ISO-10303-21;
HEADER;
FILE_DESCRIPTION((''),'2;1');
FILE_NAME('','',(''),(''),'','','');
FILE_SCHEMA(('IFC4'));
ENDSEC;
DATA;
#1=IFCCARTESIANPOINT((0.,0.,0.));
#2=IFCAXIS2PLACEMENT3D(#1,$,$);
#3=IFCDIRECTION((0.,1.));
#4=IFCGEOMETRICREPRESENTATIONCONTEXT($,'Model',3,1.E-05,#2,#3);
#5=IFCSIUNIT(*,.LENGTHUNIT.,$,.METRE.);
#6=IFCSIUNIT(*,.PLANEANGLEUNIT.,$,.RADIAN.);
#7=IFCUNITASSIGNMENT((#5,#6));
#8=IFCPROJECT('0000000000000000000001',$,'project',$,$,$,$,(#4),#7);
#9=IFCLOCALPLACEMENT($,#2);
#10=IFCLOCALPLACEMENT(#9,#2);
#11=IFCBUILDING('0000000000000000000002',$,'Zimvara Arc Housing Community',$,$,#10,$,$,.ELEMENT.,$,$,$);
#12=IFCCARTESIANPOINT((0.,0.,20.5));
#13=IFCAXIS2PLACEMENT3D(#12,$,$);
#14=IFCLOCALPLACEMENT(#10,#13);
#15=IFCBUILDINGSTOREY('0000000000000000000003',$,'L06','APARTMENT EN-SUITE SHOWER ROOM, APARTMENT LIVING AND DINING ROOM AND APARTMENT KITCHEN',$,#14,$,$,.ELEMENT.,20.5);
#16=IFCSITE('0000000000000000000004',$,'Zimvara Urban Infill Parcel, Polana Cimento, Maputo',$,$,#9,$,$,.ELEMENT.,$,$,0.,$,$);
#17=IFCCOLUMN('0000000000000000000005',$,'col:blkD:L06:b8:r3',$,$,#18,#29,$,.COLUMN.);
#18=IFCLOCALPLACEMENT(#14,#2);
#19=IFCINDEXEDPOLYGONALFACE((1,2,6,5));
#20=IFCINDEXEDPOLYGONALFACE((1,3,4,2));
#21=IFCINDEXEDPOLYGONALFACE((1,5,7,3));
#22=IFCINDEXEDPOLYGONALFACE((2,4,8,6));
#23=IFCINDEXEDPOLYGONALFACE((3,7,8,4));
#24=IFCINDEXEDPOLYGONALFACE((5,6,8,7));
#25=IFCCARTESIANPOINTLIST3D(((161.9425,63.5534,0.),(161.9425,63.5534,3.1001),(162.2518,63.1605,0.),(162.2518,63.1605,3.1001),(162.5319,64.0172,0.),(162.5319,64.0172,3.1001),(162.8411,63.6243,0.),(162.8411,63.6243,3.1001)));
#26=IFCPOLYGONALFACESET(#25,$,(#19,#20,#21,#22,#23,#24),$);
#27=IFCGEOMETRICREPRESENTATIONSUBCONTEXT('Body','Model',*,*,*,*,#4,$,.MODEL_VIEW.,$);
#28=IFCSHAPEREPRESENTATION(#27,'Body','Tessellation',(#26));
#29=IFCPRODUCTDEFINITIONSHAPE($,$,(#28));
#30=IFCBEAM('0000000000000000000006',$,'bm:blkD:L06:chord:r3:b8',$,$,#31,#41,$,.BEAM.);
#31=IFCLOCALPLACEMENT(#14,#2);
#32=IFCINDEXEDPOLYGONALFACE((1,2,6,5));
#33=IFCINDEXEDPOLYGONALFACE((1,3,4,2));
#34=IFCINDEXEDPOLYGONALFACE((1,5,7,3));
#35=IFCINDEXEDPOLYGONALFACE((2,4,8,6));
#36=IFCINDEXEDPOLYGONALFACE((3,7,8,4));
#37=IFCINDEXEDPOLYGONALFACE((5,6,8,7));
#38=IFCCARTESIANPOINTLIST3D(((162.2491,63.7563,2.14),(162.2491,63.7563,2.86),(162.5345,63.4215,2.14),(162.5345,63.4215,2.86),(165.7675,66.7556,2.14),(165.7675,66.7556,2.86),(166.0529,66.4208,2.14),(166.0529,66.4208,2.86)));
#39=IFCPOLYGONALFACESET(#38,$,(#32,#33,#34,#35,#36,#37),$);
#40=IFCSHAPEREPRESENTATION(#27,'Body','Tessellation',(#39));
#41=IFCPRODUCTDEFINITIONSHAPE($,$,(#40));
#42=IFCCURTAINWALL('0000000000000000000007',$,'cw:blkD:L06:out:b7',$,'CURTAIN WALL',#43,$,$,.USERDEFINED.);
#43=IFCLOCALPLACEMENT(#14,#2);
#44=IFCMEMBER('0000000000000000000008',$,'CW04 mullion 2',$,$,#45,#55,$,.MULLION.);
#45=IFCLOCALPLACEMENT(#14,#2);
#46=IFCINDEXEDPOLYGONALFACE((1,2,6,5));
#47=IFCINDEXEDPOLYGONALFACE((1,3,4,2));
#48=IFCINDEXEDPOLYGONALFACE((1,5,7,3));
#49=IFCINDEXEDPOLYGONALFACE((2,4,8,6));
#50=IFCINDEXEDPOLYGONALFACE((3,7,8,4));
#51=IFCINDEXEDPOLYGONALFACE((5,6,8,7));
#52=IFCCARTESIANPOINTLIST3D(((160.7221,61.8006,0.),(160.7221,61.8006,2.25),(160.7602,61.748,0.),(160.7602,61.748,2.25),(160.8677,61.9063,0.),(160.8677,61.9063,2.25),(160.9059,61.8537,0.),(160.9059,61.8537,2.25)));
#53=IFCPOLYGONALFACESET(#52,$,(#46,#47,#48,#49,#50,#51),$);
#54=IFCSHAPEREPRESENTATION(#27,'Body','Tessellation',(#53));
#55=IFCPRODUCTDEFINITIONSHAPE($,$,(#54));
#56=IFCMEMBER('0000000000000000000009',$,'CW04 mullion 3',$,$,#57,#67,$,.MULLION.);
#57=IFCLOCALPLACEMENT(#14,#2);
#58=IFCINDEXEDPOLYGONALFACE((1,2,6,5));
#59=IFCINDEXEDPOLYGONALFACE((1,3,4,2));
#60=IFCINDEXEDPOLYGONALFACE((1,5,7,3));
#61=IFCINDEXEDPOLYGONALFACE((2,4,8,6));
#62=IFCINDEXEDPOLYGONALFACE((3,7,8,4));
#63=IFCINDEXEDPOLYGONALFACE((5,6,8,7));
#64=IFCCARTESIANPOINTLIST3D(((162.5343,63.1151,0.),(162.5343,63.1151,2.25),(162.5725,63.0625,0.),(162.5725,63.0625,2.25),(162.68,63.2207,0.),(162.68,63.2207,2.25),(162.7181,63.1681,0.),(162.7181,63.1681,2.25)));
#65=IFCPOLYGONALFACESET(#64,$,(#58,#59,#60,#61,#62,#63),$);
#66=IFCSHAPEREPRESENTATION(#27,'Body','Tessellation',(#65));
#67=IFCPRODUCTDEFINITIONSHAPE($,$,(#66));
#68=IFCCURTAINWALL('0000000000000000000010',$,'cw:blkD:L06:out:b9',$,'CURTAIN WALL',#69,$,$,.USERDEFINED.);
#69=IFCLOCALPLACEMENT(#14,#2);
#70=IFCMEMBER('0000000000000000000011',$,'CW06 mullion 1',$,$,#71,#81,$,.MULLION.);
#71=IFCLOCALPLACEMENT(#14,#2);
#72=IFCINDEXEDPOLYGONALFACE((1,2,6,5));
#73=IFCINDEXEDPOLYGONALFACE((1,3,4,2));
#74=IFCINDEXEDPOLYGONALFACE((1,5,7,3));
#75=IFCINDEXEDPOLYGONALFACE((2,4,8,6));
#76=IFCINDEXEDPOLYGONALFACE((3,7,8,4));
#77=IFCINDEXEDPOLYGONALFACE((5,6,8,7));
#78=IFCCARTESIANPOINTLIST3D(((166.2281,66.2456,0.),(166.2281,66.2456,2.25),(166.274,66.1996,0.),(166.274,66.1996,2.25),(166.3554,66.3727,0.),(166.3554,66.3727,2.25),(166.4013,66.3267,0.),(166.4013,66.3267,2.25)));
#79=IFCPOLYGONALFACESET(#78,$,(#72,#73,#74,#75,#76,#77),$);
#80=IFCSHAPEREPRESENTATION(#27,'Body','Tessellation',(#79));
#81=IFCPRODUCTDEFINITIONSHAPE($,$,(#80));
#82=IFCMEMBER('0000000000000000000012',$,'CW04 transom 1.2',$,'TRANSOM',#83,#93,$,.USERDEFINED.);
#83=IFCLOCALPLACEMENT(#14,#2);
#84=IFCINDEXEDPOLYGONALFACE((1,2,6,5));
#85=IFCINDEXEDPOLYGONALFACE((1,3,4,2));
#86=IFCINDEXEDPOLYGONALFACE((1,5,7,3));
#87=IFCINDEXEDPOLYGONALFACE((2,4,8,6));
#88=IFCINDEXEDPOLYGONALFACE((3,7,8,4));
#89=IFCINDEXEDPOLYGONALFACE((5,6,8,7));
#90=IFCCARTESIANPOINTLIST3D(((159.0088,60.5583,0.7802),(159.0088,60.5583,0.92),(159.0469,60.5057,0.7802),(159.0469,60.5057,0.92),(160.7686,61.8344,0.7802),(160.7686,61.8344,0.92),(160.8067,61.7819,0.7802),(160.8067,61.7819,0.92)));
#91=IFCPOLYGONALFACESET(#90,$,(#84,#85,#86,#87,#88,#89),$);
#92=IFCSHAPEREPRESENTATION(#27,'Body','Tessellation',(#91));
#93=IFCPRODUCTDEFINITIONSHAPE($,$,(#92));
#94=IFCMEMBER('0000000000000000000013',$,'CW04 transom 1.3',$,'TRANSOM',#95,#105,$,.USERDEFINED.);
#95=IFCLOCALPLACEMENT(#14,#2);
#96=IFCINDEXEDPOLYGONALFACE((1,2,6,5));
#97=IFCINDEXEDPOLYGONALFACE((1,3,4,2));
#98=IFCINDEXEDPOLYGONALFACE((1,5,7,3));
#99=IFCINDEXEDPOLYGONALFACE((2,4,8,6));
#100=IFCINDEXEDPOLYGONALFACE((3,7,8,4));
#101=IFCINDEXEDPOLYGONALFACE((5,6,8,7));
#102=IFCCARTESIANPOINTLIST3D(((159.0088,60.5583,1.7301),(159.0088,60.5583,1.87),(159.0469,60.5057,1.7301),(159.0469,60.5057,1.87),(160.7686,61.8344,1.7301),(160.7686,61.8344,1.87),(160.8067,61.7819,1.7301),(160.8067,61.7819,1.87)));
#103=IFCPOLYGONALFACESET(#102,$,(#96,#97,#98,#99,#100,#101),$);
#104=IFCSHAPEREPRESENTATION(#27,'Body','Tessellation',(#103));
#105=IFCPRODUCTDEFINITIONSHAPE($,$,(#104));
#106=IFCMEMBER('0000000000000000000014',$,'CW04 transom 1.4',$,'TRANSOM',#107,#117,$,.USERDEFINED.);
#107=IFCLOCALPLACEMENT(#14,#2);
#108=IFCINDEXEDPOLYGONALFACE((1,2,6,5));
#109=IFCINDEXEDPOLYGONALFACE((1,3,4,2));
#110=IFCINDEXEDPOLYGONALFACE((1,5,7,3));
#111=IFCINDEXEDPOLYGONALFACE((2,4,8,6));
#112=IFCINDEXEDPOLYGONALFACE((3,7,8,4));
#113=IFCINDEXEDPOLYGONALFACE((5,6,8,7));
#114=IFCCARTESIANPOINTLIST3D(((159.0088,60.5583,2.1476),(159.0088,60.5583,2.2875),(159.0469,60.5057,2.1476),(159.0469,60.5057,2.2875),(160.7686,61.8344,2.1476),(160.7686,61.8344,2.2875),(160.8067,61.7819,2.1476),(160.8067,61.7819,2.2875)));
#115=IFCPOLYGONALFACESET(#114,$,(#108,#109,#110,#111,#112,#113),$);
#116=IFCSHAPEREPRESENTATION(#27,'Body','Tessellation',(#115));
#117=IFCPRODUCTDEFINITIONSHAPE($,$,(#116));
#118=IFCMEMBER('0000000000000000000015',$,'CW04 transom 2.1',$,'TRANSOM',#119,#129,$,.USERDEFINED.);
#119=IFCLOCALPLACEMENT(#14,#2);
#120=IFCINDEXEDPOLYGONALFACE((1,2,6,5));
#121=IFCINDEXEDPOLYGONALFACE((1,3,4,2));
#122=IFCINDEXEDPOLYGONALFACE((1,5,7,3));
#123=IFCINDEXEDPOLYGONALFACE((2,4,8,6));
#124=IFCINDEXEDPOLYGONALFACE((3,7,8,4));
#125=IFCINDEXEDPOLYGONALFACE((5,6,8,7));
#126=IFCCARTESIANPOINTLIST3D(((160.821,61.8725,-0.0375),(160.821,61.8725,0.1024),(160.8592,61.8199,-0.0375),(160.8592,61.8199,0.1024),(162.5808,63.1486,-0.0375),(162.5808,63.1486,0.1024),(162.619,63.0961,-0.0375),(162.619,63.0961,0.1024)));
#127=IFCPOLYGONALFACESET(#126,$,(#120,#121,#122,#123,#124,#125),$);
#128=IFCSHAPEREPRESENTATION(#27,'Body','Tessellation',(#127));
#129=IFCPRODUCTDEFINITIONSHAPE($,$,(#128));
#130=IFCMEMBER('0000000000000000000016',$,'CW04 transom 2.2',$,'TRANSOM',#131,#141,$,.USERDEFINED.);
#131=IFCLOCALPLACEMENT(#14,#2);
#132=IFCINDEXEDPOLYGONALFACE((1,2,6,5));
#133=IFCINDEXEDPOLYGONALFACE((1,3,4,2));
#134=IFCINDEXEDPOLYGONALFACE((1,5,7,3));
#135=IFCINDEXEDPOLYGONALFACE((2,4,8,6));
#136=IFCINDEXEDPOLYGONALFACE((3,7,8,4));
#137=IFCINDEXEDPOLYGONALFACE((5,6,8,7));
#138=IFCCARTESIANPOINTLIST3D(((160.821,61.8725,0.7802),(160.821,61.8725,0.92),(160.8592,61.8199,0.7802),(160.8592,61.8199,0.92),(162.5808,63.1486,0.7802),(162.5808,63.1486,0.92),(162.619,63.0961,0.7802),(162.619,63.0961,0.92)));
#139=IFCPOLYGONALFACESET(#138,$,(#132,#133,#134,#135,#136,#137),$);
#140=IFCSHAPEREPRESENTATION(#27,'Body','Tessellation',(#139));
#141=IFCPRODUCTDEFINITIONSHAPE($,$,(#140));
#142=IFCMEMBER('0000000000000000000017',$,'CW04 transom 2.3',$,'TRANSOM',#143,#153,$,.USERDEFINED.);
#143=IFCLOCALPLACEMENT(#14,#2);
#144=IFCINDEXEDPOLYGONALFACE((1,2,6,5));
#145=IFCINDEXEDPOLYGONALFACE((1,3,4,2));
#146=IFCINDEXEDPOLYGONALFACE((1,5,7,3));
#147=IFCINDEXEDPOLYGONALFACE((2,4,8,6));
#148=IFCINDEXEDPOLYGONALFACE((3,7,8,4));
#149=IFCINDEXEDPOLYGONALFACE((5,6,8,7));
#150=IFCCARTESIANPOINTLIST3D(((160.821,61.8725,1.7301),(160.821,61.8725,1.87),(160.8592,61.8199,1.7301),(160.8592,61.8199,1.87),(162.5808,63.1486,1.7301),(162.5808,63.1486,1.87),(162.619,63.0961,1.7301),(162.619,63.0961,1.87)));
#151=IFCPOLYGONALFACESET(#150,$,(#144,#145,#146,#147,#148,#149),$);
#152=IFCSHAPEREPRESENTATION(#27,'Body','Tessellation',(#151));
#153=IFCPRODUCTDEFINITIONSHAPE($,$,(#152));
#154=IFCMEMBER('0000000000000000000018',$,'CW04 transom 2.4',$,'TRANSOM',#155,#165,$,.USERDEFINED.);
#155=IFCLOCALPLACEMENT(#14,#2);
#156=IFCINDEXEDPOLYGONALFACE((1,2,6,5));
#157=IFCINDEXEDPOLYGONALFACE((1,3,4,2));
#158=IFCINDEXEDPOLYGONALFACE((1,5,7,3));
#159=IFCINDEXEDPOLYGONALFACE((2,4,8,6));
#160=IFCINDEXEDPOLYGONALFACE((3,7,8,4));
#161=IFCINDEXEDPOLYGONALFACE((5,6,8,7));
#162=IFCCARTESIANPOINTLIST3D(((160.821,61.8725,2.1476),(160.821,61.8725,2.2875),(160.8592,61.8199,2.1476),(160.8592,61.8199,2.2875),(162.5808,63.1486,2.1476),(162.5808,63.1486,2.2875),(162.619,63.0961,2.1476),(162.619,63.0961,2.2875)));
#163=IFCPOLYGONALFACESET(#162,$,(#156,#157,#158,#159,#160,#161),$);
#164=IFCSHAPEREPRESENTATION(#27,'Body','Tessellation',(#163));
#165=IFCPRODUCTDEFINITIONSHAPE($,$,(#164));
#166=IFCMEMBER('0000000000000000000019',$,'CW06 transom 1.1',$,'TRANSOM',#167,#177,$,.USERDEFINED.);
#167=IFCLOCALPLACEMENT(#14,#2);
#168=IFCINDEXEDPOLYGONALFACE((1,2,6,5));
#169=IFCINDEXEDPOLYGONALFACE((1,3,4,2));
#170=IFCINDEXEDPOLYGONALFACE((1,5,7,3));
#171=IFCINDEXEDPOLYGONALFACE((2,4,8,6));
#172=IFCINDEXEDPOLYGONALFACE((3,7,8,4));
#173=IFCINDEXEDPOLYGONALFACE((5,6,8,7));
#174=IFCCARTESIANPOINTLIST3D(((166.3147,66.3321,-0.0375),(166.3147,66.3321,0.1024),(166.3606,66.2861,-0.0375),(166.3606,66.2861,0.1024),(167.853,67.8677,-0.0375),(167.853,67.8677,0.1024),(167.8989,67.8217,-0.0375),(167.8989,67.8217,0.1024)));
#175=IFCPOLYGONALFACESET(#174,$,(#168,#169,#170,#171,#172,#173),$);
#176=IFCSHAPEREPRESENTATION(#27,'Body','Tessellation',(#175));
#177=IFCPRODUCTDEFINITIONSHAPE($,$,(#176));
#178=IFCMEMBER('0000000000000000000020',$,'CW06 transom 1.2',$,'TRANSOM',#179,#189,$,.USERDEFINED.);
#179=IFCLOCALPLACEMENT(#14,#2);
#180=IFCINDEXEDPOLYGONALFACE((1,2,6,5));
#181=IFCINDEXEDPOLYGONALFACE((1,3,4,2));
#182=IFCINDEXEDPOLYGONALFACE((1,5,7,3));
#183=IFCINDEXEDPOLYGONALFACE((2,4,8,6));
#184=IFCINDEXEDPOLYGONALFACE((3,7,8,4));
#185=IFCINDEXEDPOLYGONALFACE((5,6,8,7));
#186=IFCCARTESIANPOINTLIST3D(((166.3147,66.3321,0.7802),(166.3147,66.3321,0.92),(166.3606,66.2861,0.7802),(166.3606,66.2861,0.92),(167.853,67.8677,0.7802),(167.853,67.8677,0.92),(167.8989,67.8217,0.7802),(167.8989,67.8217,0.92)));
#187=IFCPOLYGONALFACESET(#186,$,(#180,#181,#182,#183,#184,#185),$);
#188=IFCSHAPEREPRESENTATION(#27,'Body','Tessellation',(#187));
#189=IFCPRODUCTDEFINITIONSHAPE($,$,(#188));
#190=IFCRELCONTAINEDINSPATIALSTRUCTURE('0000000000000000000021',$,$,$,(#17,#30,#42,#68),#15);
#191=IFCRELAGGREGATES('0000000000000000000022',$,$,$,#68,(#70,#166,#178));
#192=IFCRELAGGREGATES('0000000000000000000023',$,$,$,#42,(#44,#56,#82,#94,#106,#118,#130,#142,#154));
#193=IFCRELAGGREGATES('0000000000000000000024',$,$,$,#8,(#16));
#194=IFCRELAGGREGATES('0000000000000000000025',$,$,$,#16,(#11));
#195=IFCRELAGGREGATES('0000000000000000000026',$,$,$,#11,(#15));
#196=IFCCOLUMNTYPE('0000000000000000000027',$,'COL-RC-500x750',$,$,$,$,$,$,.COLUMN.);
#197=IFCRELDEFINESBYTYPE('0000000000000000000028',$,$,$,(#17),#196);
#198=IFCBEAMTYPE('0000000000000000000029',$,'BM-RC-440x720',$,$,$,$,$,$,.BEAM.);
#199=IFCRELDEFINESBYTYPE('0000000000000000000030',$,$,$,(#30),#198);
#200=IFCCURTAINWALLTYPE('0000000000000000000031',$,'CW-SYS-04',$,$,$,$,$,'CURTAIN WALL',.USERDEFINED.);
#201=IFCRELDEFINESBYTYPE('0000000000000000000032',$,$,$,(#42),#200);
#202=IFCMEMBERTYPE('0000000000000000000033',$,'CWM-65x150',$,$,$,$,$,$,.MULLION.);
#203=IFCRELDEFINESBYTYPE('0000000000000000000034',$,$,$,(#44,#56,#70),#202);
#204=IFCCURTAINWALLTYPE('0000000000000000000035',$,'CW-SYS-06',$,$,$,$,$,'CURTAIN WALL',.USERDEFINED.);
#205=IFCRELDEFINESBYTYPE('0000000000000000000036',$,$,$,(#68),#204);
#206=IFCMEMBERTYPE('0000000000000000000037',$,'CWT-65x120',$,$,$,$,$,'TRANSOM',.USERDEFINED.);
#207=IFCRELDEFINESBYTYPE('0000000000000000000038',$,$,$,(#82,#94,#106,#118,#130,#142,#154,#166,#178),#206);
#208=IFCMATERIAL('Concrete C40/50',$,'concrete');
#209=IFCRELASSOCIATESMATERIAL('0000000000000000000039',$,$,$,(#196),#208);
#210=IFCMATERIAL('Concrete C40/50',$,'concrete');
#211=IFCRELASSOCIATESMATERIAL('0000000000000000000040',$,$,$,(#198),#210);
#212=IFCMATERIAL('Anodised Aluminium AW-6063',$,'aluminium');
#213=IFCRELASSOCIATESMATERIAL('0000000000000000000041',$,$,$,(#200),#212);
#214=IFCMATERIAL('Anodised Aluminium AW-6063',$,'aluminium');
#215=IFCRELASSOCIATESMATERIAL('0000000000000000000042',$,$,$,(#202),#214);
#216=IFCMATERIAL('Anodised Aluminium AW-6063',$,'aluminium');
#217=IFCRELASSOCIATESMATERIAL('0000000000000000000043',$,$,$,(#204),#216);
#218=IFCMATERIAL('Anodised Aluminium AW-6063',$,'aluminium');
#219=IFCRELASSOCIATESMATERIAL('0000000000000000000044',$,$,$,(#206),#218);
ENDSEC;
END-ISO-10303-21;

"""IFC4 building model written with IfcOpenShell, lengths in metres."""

from ifc_helpers import new_model, si_unit, direction, frame, origin, origin_2d, place, context, subcontext, project, spatial, rectangle, extrude, material, material_profile, profile_set, type_object, element, aggregate, save


model = new_model("IFC4")

# Units and contexts
model_context = context("Model", 3, precision=1e-05, world=origin(), true_north=direction((0.0, 1.0)))
body_context = subcontext(model_context, "Body", "Model", "MODEL_VIEW")
ifc_project = project(units=[si_unit("LENGTHUNIT", "METRE"), si_unit("PLANEANGLEUNIT", "RADIAN")], contexts=[model_context])

# Site, building, storey
site_placement = place(None, origin())
site = spatial("IfcSite", under=ifc_project, at=site_placement, Name="Zimvara Urban Infill Parcel, Polana Cimento, Maputo", CompositionType="ELEMENT", RefElevation=0.0)
building_placement = place(site_placement, origin())
building = spatial("IfcBuilding", under=site, at=building_placement, Name="Zimvara Arc Housing Community", CompositionType="ELEMENT")
storey_placement = place(building_placement, frame((0.0, 0.0, 20.5)))
storey = spatial("IfcBuildingStorey", under=building, at=storey_placement, Name="L06", Description="APARTMENT EN-SUITE SHOWER ROOM, APARTMENT LIVING AND DINING ROOM AND APARTMENT KITCHEN", CompositionType="ELEMENT", Elevation=20.5)

# Column
ifc_material_1 = material(Name="Concrete C40/50", Category="concrete")
ifc_material_profile_1 = material_profile(ifc_material_1, rectangle(XDim=0.5, YDim=0.75, at=origin_2d()), Name="RC 500x750")
ifc_profile_set_1 = profile_set([ifc_material_profile_1], Name="Concrete C40/50")
column_type = type_object("IfcColumnType", Name="COL-RC-500x750", PredefinedType="COLUMN", material=ifc_profile_set_1)
column_placement = place(storey_placement, frame((162.3918, 63.5889, 0.0), z_axis=(0.0, 0.0, 1.0), x_axis=(0.618408, -0.785857, 0.0)))
element("IfcColumn", 1, at=column_placement, inside=storey, type_object=column_type, Name="col:blkD:L06:b8:r3", PredefinedType="COLUMN", context=body_context, shape_type="SweptSolid", body=[
    extrude(rectangle(XDim=0.5, YDim=0.75, at=origin_2d()), origin(), (0.0, 0.0, 1.0), 3.1001),
])

# Beam
ifc_material_2 = material(Name="Concrete C40/50", Category="concrete")
ifc_material_profile_2 = material_profile(ifc_material_2, rectangle(XDim=0.4399, YDim=0.72, at=origin_2d()), Name="RC 440x720")
ifc_profile_set_2 = profile_set([ifc_material_profile_2], Name="Concrete C40/50")
beam_type = type_object("IfcBeamType", Name="BM-RC-440x720", PredefinedType="BEAM", material=ifc_profile_set_2)
beam_placement = place(storey_placement, frame((162.3918, 63.5889, 2.5), z_axis=(0.76101, 0.648741, 0.0), x_axis=(-0.648741, 0.76101, 0.0)))
element("IfcBeam", 2, at=beam_placement, inside=storey, type_object=beam_type, Name="bm:blkD:L06:chord:r3:b8", PredefinedType="BEAM", context=body_context, shape_type="SweptSolid", body=[
    extrude(rectangle(XDim=0.4399, YDim=0.72, at=origin_2d()), origin(), (0.0, 0.0, 1.0), 4.6233),
])

# Curtain wall, members
ifc_material_3 = material(Name="Anodised Aluminium AW-6063", Category="aluminium")
curtain_wall_type_1 = type_object("IfcCurtainWallType", Name="CW-SYS-04", ElementType="CURTAIN WALL", PredefinedType="USERDEFINED", material=ifc_material_3)
curtain_wall_1_placement = place(storey_placement, origin())
curtain_wall_1 = element("IfcCurtainWall", 3, at=curtain_wall_1_placement, inside=storey, type_object=curtain_wall_type_1, Name="cw:blkD:L06:out:b7", ObjectType="CURTAIN WALL", PredefinedType="USERDEFINED")
ifc_material_4 = material(Name="Anodised Aluminium AW-6063", Category="aluminium")
ifc_material_profile_3 = material_profile(ifc_material_4, rectangle(XDim=0.0649, YDim=0.1799, at=origin_2d()), Name="ALU 65x180")
ifc_profile_set_3 = profile_set([ifc_material_profile_3], Name="Anodised Aluminium AW-6063")
member_type_1 = type_object("IfcMemberType", Name="CWM-65x150", PredefinedType="MULLION", material=ifc_profile_set_3)
member_1_placement = place(storey_placement, frame((160.814, 61.8271, 0.0), z_axis=(0.0, 0.0, 1.0), x_axis=(-0.587078, 0.80953, 0.0)))
member_1 = element("IfcMember", 4, at=member_1_placement, type_object=member_type_1, Name="CW04 mullion 2", PredefinedType="MULLION", context=body_context, shape_type="SweptSolid", body=[
    extrude(rectangle(XDim=0.0649, YDim=0.1799, at=origin_2d()), origin(), (0.0, 0.0, 1.0), 2.25),
])
member_2_placement = place(storey_placement, frame((162.6262, 63.1416, 0.0), z_axis=(0.0, 0.0, 1.0), x_axis=(-0.587078, 0.80953, 0.0)))
member_2 = element("IfcMember", 5, at=member_2_placement, type_object=member_type_1, Name="CW04 mullion 3", PredefinedType="MULLION", context=body_context, shape_type="SweptSolid", body=[
    extrude(rectangle(XDim=0.0649, YDim=0.1799, at=origin_2d()), origin(), (0.0, 0.0, 1.0), 2.25),
])

# Curtain wall, member
ifc_material_5 = material(Name="Anodised Aluminium AW-6063", Category="aluminium")
curtain_wall_type_2 = type_object("IfcCurtainWallType", Name="CW-SYS-06", ElementType="CURTAIN WALL", PredefinedType="USERDEFINED", material=ifc_material_5)
curtain_wall_2_placement = place(storey_placement, origin())
curtain_wall_2 = element("IfcCurtainWall", 6, at=curtain_wall_2_placement, inside=storey, type_object=curtain_wall_type_2, Name="cw:blkD:L06:out:b9", ObjectType="CURTAIN WALL", PredefinedType="USERDEFINED")
member_3_placement = place(storey_placement, frame((166.3147, 66.2861, 0.0), z_axis=(0.0, 0.0, 1.0), x_axis=(-0.706489, 0.707724, 0.0)))
member_3 = element("IfcMember", 7, at=member_3_placement, type_object=member_type_1, Name="CW06 mullion 1", PredefinedType="MULLION", context=body_context, shape_type="SweptSolid", body=[
    extrude(rectangle(XDim=0.0649, YDim=0.1799, at=origin_2d()), origin(), (0.0, 0.0, 1.0), 2.25),
])

# Members
ifc_material_6 = material(Name="Anodised Aluminium AW-6063", Category="aluminium")
ifc_material_profile_4 = material_profile(ifc_material_6, rectangle(XDim=0.0649, YDim=0.1399, at=origin_2d()), Name="ALU 65x140")
ifc_profile_set_4 = profile_set([ifc_material_profile_4], Name="Anodised Aluminium AW-6063")
member_type_2 = type_object("IfcMemberType", Name="CWT-65x120", ElementType="TRANSOM", PredefinedType="USERDEFINED", material=ifc_profile_set_4)
member_4_placement = place(storey_placement, frame((159.0278, 60.532, 0.8501), z_axis=(0.809546, 0.587056, 0.0), x_axis=(-0.587056, 0.809546, 0.0)))
member_4 = element("IfcMember", 8, at=member_4_placement, type_object=member_type_2, Name="CW04 transom 1.2", ObjectType="TRANSOM", PredefinedType="USERDEFINED", context=body_context, shape_type="SweptSolid", body=[
    extrude(rectangle(XDim=0.0649, YDim=0.1399, at=origin_2d()), origin(), (0.0, 0.0, 1.0), 2.1738),
])
member_5_placement = place(storey_placement, frame((159.0278, 60.532, 1.8), z_axis=(0.809546, 0.587056, 0.0), x_axis=(-0.587056, 0.809546, 0.0)))
member_5 = element("IfcMember", 9, at=member_5_placement, type_object=member_type_2, Name="CW04 transom 1.3", ObjectType="TRANSOM", PredefinedType="USERDEFINED", context=body_context, shape_type="SweptSolid", body=[
    extrude(rectangle(XDim=0.0649, YDim=0.1399, at=origin_2d()), origin(), (0.0, 0.0, 1.0), 2.1738),
])
member_6_placement = place(storey_placement, frame((159.0278, 60.532, 2.2175), z_axis=(0.809546, 0.587056, 0.0), x_axis=(-0.587056, 0.809546, 0.0)))
member_6 = element("IfcMember", 10, at=member_6_placement, type_object=member_type_2, Name="CW04 transom 1.4", ObjectType="TRANSOM", PredefinedType="USERDEFINED", context=body_context, shape_type="SweptSolid", body=[
    extrude(rectangle(XDim=0.0649, YDim=0.1399, at=origin_2d()), origin(), (0.0, 0.0, 1.0), 2.1738),
])
member_7_placement = place(storey_placement, frame((160.8401, 61.8462, 0.0325), z_axis=(0.809546, 0.587056, 0.0), x_axis=(-0.587056, 0.809546, 0.0)))
member_7 = element("IfcMember", 11, at=member_7_placement, type_object=member_type_2, Name="CW04 transom 2.1", ObjectType="TRANSOM", PredefinedType="USERDEFINED", context=body_context, shape_type="SweptSolid", body=[
    extrude(rectangle(XDim=0.0649, YDim=0.1399, at=origin_2d()), origin(), (0.0, 0.0, 1.0), 2.1738),
])
member_8_placement = place(storey_placement, frame((160.8401, 61.8462, 0.8501), z_axis=(0.809546, 0.587056, 0.0), x_axis=(-0.587056, 0.809546, 0.0)))
member_8 = element("IfcMember", 12, at=member_8_placement, type_object=member_type_2, Name="CW04 transom 2.2", ObjectType="TRANSOM", PredefinedType="USERDEFINED", context=body_context, shape_type="SweptSolid", body=[
    extrude(rectangle(XDim=0.0649, YDim=0.1399, at=origin_2d()), origin(), (0.0, 0.0, 1.0), 2.1738),
])
member_9_placement = place(storey_placement, frame((160.8401, 61.8462, 1.8), z_axis=(0.809546, 0.587056, 0.0), x_axis=(-0.587056, 0.809546, 0.0)))
member_9 = element("IfcMember", 13, at=member_9_placement, type_object=member_type_2, Name="CW04 transom 2.3", ObjectType="TRANSOM", PredefinedType="USERDEFINED", context=body_context, shape_type="SweptSolid", body=[
    extrude(rectangle(XDim=0.0649, YDim=0.1399, at=origin_2d()), origin(), (0.0, 0.0, 1.0), 2.1738),
])
member_10_placement = place(storey_placement, frame((160.8401, 61.8462, 2.2175), z_axis=(0.809546, 0.587056, 0.0), x_axis=(-0.587056, 0.809546, 0.0)))
member_10 = element("IfcMember", 14, at=member_10_placement, type_object=member_type_2, Name="CW04 transom 2.4", ObjectType="TRANSOM", PredefinedType="USERDEFINED", context=body_context, shape_type="SweptSolid", body=[
    extrude(rectangle(XDim=0.0649, YDim=0.1399, at=origin_2d()), origin(), (0.0, 0.0, 1.0), 2.1738),
])
member_11_placement = place(storey_placement, frame((166.3376, 66.3091, 0.0325), z_axis=(0.707724, 0.706489, 0.0), x_axis=(-0.706489, 0.707724, 0.0)))
member_11 = element("IfcMember", 15, at=member_11_placement, type_object=member_type_2, Name="CW06 transom 1.1", ObjectType="TRANSOM", PredefinedType="USERDEFINED", context=body_context, shape_type="SweptSolid", body=[
    extrude(rectangle(XDim=0.0649, YDim=0.1399, at=origin_2d()), origin(), (0.0, 0.0, 1.0), 2.1736),
])
member_12_placement = place(storey_placement, frame((166.3376, 66.3091, 0.8501), z_axis=(0.707724, 0.706489, 0.0), x_axis=(-0.706489, 0.707724, 0.0)))
member_12 = element("IfcMember", 16, at=member_12_placement, type_object=member_type_2, Name="CW06 transom 1.2", ObjectType="TRANSOM", PredefinedType="USERDEFINED", context=body_context, shape_type="SweptSolid", body=[
    extrude(rectangle(XDim=0.0649, YDim=0.1399, at=origin_2d()), origin(), (0.0, 0.0, 1.0), 2.1736),
])
aggregate(curtain_wall_2, [member_3, member_11, member_12])

aggregate(curtain_wall_1, [member_1, member_2, member_4, member_5, member_6, member_7, member_8, member_9, member_10])

save(model, "model.ifc")
